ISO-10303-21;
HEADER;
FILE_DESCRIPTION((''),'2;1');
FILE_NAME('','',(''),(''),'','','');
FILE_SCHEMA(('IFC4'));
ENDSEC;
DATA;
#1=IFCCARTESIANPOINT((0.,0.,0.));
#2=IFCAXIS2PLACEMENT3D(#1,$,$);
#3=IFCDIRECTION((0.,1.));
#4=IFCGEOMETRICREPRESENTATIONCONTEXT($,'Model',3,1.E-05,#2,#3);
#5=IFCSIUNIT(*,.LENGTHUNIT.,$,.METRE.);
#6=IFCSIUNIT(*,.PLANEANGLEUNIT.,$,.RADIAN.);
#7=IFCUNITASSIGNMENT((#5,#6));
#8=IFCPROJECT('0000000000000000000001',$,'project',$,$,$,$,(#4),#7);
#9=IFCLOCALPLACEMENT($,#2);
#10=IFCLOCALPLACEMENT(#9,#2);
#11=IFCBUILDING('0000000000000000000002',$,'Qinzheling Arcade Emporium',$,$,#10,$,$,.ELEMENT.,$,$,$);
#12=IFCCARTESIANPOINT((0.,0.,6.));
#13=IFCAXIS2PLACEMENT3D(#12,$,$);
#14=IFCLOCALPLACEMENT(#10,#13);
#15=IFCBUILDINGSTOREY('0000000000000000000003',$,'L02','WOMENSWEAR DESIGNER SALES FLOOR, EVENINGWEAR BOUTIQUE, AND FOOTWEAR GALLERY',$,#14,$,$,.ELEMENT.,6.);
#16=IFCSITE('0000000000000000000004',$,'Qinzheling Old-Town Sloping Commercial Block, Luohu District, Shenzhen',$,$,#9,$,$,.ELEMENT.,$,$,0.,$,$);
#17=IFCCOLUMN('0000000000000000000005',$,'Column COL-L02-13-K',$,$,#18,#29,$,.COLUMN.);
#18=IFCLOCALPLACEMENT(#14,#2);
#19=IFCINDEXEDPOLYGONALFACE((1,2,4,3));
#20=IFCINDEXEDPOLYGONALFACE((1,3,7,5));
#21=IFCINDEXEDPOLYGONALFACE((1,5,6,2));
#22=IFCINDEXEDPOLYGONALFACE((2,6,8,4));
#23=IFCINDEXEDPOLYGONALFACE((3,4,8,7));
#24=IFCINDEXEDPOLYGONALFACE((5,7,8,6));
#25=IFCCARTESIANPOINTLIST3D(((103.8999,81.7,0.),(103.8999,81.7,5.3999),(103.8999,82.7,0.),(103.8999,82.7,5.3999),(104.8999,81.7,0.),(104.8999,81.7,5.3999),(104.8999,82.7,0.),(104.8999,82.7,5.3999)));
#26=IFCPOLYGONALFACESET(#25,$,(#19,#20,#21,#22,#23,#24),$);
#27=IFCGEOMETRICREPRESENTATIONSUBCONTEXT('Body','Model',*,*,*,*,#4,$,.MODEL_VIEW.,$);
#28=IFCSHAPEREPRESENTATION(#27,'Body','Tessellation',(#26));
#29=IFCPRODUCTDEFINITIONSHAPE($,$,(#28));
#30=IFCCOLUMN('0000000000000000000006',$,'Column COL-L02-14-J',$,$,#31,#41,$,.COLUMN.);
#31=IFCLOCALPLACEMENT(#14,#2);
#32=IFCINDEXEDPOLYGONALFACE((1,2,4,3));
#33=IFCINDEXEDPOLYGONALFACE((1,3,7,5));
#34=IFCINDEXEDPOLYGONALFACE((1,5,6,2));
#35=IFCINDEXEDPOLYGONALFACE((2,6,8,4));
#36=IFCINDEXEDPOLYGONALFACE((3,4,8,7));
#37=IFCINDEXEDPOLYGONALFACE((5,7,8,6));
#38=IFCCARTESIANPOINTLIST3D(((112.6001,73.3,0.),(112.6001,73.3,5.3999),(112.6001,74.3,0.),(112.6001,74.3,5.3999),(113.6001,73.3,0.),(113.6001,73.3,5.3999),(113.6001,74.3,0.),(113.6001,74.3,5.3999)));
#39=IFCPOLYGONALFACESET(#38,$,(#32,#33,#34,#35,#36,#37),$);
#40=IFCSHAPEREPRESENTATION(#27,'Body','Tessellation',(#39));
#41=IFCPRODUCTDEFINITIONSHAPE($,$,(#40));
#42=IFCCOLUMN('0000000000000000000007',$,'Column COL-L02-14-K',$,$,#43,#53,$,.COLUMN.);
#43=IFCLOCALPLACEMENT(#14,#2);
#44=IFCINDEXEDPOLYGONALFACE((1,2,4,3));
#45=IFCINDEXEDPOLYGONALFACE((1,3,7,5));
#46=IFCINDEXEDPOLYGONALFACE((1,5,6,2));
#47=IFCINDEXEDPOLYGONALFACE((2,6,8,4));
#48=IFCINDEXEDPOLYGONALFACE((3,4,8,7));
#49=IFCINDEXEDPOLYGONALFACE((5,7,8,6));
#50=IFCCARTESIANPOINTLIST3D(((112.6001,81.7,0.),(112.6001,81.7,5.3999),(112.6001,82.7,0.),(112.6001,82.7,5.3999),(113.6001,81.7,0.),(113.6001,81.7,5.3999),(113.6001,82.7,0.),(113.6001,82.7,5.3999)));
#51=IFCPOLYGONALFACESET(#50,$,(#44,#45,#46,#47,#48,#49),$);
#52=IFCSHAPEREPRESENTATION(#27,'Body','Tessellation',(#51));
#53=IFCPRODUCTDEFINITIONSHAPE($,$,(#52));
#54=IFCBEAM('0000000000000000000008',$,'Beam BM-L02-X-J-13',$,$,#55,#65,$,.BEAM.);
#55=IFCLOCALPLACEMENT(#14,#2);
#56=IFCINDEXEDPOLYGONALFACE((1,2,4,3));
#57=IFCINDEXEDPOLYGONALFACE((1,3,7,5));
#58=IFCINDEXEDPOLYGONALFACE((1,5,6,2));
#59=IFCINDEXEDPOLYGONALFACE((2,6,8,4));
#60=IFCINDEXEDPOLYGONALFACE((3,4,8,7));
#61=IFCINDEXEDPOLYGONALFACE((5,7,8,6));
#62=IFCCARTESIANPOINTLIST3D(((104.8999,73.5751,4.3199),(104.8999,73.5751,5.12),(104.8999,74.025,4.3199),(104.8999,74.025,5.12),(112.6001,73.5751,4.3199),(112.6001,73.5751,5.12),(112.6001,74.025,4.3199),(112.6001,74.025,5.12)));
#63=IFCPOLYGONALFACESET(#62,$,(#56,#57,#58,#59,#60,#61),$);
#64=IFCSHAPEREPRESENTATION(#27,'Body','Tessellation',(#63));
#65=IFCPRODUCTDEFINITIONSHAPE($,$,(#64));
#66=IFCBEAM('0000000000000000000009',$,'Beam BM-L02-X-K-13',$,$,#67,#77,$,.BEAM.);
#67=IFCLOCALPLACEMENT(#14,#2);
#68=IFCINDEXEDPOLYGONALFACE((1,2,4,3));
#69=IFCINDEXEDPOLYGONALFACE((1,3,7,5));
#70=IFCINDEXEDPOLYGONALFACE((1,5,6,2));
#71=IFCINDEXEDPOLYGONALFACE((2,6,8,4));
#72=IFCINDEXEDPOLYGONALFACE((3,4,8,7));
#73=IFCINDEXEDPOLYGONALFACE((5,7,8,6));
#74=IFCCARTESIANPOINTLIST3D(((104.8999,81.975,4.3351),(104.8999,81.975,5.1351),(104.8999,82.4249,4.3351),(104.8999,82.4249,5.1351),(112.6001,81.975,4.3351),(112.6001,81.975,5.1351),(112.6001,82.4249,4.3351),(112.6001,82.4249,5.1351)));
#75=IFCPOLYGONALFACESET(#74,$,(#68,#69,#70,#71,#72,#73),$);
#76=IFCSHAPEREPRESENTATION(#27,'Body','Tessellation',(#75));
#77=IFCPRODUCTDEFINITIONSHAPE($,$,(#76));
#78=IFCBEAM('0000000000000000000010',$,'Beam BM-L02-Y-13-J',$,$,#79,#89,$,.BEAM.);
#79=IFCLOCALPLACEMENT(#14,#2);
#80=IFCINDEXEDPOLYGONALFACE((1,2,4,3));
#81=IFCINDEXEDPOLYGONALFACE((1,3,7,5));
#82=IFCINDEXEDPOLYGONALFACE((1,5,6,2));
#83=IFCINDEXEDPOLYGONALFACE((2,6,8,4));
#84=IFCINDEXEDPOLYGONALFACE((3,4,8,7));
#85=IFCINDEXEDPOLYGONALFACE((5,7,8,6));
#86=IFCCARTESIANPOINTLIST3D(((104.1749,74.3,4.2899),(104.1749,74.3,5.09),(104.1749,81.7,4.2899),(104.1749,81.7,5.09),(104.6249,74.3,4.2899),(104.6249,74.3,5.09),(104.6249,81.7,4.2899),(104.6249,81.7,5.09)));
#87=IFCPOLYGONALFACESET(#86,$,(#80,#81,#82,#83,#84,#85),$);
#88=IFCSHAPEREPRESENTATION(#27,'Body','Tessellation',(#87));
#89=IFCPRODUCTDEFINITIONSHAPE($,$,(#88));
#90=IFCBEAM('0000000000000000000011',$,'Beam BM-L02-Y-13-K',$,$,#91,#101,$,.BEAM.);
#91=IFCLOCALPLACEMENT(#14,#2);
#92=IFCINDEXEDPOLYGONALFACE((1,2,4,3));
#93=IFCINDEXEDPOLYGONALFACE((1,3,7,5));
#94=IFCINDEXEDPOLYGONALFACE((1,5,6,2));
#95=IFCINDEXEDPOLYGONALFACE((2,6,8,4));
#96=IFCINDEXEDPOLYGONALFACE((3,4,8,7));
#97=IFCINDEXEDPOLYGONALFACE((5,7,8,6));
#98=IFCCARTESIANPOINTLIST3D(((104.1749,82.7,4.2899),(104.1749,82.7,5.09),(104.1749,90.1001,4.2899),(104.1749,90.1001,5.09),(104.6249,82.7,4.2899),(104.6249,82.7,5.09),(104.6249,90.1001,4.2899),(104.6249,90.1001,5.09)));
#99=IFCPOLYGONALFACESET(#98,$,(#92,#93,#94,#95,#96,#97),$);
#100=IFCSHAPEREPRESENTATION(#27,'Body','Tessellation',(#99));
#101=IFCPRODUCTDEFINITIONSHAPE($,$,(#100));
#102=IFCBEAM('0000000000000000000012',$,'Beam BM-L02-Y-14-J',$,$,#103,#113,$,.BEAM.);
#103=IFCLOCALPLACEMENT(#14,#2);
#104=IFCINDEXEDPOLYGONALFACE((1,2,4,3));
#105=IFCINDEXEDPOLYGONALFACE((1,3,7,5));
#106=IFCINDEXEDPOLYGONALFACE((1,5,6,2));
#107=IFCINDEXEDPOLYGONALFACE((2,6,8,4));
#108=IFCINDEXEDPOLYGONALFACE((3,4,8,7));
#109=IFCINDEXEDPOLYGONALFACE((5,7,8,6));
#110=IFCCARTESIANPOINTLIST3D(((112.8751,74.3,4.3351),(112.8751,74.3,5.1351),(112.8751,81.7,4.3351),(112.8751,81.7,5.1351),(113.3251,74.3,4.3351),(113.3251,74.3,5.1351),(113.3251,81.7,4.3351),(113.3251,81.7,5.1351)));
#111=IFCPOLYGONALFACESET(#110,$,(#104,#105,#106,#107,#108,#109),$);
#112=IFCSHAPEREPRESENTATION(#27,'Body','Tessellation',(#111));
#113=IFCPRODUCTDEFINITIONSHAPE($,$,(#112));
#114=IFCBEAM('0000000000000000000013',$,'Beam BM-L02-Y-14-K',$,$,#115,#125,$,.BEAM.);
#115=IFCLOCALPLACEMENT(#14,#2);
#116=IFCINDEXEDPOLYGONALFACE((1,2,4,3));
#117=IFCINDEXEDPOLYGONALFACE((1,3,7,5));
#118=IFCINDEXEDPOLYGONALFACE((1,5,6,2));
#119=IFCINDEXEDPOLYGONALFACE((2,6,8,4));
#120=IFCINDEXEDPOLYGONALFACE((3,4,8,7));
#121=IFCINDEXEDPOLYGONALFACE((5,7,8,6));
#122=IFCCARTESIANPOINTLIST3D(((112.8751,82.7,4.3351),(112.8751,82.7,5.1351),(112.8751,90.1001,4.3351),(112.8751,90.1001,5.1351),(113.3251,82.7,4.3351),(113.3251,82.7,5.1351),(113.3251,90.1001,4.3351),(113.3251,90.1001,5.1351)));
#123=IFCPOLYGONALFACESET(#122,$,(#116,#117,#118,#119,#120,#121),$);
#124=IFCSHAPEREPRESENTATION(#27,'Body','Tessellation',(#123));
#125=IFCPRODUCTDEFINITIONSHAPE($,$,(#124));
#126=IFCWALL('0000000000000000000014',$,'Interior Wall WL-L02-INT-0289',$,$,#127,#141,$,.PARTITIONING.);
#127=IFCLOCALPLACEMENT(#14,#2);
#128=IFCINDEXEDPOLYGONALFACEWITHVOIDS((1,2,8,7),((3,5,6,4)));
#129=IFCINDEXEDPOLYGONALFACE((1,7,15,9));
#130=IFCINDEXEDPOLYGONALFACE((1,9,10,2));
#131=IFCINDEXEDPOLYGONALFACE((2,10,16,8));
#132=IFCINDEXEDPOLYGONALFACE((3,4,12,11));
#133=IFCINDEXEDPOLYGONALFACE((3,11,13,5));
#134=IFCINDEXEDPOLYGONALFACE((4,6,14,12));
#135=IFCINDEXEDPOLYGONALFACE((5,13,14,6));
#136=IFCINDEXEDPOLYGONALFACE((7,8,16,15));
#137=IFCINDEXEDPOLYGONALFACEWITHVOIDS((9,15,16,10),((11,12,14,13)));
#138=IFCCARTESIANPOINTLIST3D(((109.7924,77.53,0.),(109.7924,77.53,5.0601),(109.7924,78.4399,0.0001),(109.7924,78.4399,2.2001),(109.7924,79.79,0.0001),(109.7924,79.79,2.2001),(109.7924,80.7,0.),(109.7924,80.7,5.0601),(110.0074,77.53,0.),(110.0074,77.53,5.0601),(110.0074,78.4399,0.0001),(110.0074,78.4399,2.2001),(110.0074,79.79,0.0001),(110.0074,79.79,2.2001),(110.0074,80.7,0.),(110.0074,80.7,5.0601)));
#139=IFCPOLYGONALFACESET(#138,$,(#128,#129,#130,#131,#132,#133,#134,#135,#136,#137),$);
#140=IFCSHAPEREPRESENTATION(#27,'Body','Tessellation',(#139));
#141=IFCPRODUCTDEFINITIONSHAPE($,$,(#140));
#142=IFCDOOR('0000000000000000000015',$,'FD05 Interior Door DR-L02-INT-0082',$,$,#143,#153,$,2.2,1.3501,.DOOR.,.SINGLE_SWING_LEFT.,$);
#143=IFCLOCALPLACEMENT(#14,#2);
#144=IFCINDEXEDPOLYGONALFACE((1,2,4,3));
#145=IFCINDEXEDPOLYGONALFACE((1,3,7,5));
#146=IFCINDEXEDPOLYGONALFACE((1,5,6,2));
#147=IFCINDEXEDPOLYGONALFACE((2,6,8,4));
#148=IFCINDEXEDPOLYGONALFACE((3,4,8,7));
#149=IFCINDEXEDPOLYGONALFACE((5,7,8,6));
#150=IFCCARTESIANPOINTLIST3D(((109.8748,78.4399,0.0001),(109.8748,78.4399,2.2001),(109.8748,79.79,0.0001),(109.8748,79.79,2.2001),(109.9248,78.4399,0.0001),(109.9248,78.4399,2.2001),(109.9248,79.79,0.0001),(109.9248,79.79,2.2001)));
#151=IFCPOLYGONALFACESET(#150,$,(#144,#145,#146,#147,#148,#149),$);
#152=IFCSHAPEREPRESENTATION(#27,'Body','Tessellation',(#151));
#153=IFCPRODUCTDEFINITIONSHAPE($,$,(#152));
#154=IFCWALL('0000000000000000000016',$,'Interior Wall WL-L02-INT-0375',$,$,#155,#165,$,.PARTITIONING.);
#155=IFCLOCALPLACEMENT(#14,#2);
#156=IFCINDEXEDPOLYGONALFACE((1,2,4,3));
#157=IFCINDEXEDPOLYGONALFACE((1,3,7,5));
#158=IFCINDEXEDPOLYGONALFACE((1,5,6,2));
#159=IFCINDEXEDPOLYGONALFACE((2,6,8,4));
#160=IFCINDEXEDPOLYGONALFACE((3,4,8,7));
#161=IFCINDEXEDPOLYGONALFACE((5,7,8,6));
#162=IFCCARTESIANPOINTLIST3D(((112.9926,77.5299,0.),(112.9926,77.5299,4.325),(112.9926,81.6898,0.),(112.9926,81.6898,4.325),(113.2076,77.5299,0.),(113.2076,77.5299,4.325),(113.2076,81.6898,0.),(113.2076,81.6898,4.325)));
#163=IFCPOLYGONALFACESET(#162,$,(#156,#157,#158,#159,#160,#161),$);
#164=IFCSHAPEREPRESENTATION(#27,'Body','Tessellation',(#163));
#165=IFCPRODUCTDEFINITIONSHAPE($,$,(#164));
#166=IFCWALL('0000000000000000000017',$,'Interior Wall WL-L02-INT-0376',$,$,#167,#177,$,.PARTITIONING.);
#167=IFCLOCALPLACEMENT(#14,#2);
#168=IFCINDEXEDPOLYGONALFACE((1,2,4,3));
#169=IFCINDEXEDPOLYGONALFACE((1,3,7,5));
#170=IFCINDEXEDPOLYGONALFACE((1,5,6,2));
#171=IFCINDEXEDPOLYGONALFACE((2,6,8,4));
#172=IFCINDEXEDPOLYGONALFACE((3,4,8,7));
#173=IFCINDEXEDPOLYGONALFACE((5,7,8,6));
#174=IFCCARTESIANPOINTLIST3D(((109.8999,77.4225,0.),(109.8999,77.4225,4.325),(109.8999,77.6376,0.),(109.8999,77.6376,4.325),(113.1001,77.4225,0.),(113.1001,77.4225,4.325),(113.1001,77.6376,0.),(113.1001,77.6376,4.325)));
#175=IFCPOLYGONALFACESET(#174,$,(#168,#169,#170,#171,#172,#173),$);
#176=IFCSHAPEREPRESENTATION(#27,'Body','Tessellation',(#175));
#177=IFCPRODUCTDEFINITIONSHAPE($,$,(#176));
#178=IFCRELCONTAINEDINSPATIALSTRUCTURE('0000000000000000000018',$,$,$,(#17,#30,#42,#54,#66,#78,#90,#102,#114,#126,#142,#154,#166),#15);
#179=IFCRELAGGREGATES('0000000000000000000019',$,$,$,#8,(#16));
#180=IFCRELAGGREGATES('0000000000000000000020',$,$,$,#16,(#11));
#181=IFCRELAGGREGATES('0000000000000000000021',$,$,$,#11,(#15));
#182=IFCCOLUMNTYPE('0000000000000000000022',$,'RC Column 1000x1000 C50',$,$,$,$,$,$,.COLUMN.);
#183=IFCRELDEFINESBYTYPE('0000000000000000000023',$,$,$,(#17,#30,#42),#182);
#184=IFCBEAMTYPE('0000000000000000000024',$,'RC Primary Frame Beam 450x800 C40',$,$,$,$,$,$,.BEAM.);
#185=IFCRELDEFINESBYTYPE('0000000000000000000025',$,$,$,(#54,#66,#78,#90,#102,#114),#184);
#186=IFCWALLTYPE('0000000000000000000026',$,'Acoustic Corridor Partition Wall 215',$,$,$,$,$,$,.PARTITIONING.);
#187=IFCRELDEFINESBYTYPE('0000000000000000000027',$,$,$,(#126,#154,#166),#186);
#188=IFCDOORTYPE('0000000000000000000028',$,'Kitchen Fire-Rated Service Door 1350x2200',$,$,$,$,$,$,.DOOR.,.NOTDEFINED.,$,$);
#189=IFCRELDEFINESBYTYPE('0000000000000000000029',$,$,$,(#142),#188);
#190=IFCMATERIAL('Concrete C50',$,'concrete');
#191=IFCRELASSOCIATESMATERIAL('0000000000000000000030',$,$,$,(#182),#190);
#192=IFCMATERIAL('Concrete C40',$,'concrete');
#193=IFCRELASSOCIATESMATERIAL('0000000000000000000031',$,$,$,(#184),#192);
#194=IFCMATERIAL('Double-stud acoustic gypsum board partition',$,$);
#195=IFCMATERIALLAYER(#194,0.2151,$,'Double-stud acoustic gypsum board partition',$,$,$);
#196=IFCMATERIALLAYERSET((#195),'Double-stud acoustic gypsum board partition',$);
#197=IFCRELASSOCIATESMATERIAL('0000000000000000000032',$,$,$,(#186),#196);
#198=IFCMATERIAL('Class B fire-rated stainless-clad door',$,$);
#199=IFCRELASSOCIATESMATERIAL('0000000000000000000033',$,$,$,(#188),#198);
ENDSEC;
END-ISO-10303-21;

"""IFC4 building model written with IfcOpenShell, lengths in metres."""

from ifc_helpers import new_model, si_unit, direction, frame, frame_2d, origin, origin_2d, place, context, subcontext, project, spatial, rectangle, extrude, material, layer, layer_set, material_profile, profile_set, type_object, element, fill, save


model = new_model("IFC4")

# Units and contexts
model_context = context("Model", 3, precision=1e-05, world=origin(), true_north=direction((0.0, 1.0)))
body_context = subcontext(model_context, "Body", "Model", "MODEL_VIEW")
ifc_project = project(units=[si_unit("LENGTHUNIT", "METRE"), si_unit("PLANEANGLEUNIT", "RADIAN")], contexts=[model_context])

# Site, building, storey
site_placement = place(None, origin())
site = spatial("IfcSite", under=ifc_project, at=site_placement, Name="Qinzheling Old-Town Sloping Commercial Block, Luohu District, Shenzhen", CompositionType="ELEMENT", RefElevation=0.0)
building_placement = place(site_placement, origin())
building = spatial("IfcBuilding", under=site, at=building_placement, Name="Qinzheling Arcade Emporium", CompositionType="ELEMENT")
storey_placement = place(building_placement, frame((0.0, 0.0, 6.0)))
storey = spatial("IfcBuildingStorey", under=building, at=storey_placement, Name="L02", Description="WOMENSWEAR DESIGNER SALES FLOOR, EVENINGWEAR BOUTIQUE, AND FOOTWEAR GALLERY", CompositionType="ELEMENT", Elevation=6.0)

# Columns
ifc_material_1 = material(Name="Concrete C50", Category="concrete")
ifc_material_profile_1 = material_profile(ifc_material_1, rectangle(XDim=1.0, YDim=1.0, at=origin_2d()), Name="RC 1000x1000", Category="concrete")
ifc_profile_set_1 = profile_set([ifc_material_profile_1], Name="Concrete C50")
column_type = type_object("IfcColumnType", Name="RC Column 1000x1000 C50", PredefinedType="COLUMN", material=ifc_profile_set_1)
for number, where, z_axis, x_axis, name in (
    (1, (104.3999, 82.2, 0.0), (0.0, 0.0, 1.0), (1.0, 0.0, 0.0), "Column COL-L02-13-K"),
    (2, (113.1001, 73.8, 0.0), (0.0, 0.0, 1.0), (1.0, 0.0, 0.0), "Column COL-L02-14-J"),
    (3, (113.1001, 82.2, 0.0), (0.0, 0.0, 1.0), (1.0, 0.0, 0.0), "Column COL-L02-14-K"),
):
    element("IfcColumn", number, at=place(storey_placement, frame(where, z_axis=z_axis, x_axis=x_axis)), inside=storey, type_object=column_type, Name=name, PredefinedType="COLUMN", context=body_context, shape_type="SweptSolid", body=[
        extrude(rectangle(XDim=1.0, YDim=1.0, at=origin_2d()), origin(), (0.0, 0.0, 1.0), 5.3999),
    ])

# Beams
ifc_material_2 = material(Name="Concrete C40", Category="concrete")
ifc_material_profile_2 = material_profile(ifc_material_2, rectangle(XDim=0.45, YDim=0.8, at=origin_2d()), Name="RC 450x800", Category="concrete")
ifc_profile_set_2 = profile_set([ifc_material_profile_2], Name="Concrete C40")
beam_type = type_object("IfcBeamType", Name="RC Primary Frame Beam 450x800 C40", PredefinedType="BEAM", material=ifc_profile_set_2)
for number, where, z_axis, x_axis, name in (
    (4, (104.8999, 73.8, 4.72), (1.0, 0.0, 0.0), (0.0, 1.0, 0.0), "Beam BM-L02-X-J-13"),
    (5, (104.8999, 82.2, 4.7351), (1.0, 0.0, 0.0), (0.0, 1.0, 0.0), "Beam BM-L02-X-K-13"),
):
    element("IfcBeam", number, at=place(storey_placement, frame(where, z_axis=z_axis, x_axis=x_axis)), inside=storey, type_object=beam_type, Name=name, PredefinedType="BEAM", context=body_context, shape_type="SweptSolid", body=[
        extrude(rectangle(XDim=0.45, YDim=0.8, at=origin_2d()), origin(), (0.0, 0.0, 1.0), 7.7002),
    ])
beam_1_placement = place(storey_placement, frame((104.3999, 74.3, 4.6899), z_axis=(0.0, 1.0, 0.0), x_axis=(-1.0, 0.0, 0.0)))
element("IfcBeam", 6, at=beam_1_placement, inside=storey, type_object=beam_type, Name="Beam BM-L02-Y-13-J", PredefinedType="BEAM", context=body_context, shape_type="SweptSolid", body=[
    extrude(rectangle(XDim=0.45, YDim=0.8, at=origin_2d()), origin(), (0.0, 0.0, 1.0), 7.3999),
])
beam_2_placement = place(storey_placement, frame((104.3999, 82.7, 4.6899), z_axis=(0.0, 1.0, 0.0), x_axis=(-1.0, 0.0, 0.0)))
element("IfcBeam", 7, at=beam_2_placement, inside=storey, type_object=beam_type, Name="Beam BM-L02-Y-13-K", PredefinedType="BEAM", context=body_context, shape_type="SweptSolid", body=[
    extrude(rectangle(XDim=0.45, YDim=0.8, at=origin_2d()), origin(), (0.0, 0.0, 1.0), 7.4001),
])
beam_3_placement = place(storey_placement, frame((113.1001, 74.3, 4.7351), z_axis=(0.0, 1.0, 0.0), x_axis=(-1.0, 0.0, 0.0)))
element("IfcBeam", 8, at=beam_3_placement, inside=storey, type_object=beam_type, Name="Beam BM-L02-Y-14-J", PredefinedType="BEAM", context=body_context, shape_type="SweptSolid", body=[
    extrude(rectangle(XDim=0.45, YDim=0.8, at=origin_2d()), origin(), (0.0, 0.0, 1.0), 7.3999),
])
beam_4_placement = place(storey_placement, frame((113.1001, 82.7, 4.7351), z_axis=(0.0, 1.0, 0.0), x_axis=(-1.0, 0.0, 0.0)))
element("IfcBeam", 9, at=beam_4_placement, inside=storey, type_object=beam_type, Name="Beam BM-L02-Y-14-K", PredefinedType="BEAM", context=body_context, shape_type="SweptSolid", body=[
    extrude(rectangle(XDim=0.45, YDim=0.8, at=origin_2d()), origin(), (0.0, 0.0, 1.0), 7.4001),
])

# Wall, opening, door
ifc_material_3 = material(Name="Double-stud acoustic gypsum board partition")
ifc_layer_1 = layer(ifc_material_3, 0.2151, Name="Double-stud acoustic gypsum board partition")
ifc_layer_set_1 = layer_set([ifc_layer_1], Name="Double-stud acoustic gypsum board partition")
wall_type_1 = type_object("IfcWallType", Name="Acoustic Corridor Partition Wall 215", PredefinedType="PARTITIONING", material=ifc_layer_set_1)
wall_1_placement = place(storey_placement, frame((109.8999, 80.7, 0.0), z_axis=(0.0, 0.0, 1.0), x_axis=(0.0, -1.0, 0.0)))
wall_1 = element("IfcWall", 10, at=wall_1_placement, inside=storey, type_object=wall_type_1, Name="Interior Wall WL-L02-INT-0289", PredefinedType="PARTITIONING", context=body_context, shape_type="SweptSolid", body=[
    extrude(rectangle(XDim=3.1699, YDim=0.2151, at=frame_2d((1.585, 0.0))), origin(), (0.0, 0.0, 1.0), 5.0601),
])
opening_1_placement = place(wall_1_placement, frame((0.9099, 0.0, 0.0)))
opening_1 = element("IfcOpeningElement", 11, at=opening_1_placement, cuts=wall_1, PredefinedType="OPENING", context=body_context, shape_type="SweptSolid", body=[
    extrude(rectangle(XDim=1.3501, YDim=2.2, at=frame_2d((0.675, 1.1001))), frame((0.0, 0.1177, 0.0), z_axis=(0.0, -1.0, 0.0), x_axis=(1.0, 0.0, 0.0)), (0.0, 0.0, 1.0), 0.2351),
])
ifc_material_4 = material(Name="Class B fire-rated stainless-clad door")
door_type_1 = type_object("IfcDoorType", Name="Kitchen Fire-Rated Service Door 1350x2200", OperationType="NOTDEFINED", PredefinedType="DOOR", material=ifc_material_4)
door_1_placement = place(opening_1_placement, origin())
door_1 = element("IfcDoor", 12, at=door_1_placement, inside=storey, type_object=door_type_1, Name="FD05 Interior Door DR-L02-INT-0082", OperationType="SINGLE_SWING_LEFT", OverallHeight=2.2, OverallWidth=1.3501, PredefinedType="DOOR", context=body_context, shape_type="SweptSolid", body=[
    extrude(rectangle(XDim=1.3501, YDim=2.2, at=frame_2d((0.675, 1.1001))), frame((0.0, 0.0249, 0.0), z_axis=(0.0, -1.0, 0.0), x_axis=(1.0, 0.0, 0.0)), (0.0, 0.0, 1.0), 0.05),
])
fill(opening_1, door_1)

# Walls
wall_2_placement = place(storey_placement, frame((113.1001, 81.6899, 0.0), z_axis=(0.0, 0.0, 1.0), x_axis=(0.0, -1.0, 0.0)))
element("IfcWall", 13, at=wall_2_placement, inside=storey, type_object=wall_type_1, Name="Interior Wall WL-L02-INT-0375", PredefinedType="PARTITIONING", context=body_context, shape_type="SweptSolid", body=[
    extrude(rectangle(XDim=4.1599, YDim=0.2151, at=frame_2d((2.0801, 0.0))), origin(), (0.0, 0.0, 1.0), 4.325),
])
wall_3_placement = place(storey_placement, frame((113.1001, 77.53, 0.0), z_axis=(0.0, 0.0, 1.0), x_axis=(-1.0, 0.0, 0.0)))
element("IfcWall", 14, at=wall_3_placement, inside=storey, type_object=wall_type_1, Name="Interior Wall WL-L02-INT-0376", PredefinedType="PARTITIONING", context=body_context, shape_type="SweptSolid", body=[
    extrude(rectangle(XDim=3.2002, YDim=0.2151, at=frame_2d((1.6001, 0.0))), origin(), (0.0, 0.0, 1.0), 4.325),
])

save(model, "model.ifc")
